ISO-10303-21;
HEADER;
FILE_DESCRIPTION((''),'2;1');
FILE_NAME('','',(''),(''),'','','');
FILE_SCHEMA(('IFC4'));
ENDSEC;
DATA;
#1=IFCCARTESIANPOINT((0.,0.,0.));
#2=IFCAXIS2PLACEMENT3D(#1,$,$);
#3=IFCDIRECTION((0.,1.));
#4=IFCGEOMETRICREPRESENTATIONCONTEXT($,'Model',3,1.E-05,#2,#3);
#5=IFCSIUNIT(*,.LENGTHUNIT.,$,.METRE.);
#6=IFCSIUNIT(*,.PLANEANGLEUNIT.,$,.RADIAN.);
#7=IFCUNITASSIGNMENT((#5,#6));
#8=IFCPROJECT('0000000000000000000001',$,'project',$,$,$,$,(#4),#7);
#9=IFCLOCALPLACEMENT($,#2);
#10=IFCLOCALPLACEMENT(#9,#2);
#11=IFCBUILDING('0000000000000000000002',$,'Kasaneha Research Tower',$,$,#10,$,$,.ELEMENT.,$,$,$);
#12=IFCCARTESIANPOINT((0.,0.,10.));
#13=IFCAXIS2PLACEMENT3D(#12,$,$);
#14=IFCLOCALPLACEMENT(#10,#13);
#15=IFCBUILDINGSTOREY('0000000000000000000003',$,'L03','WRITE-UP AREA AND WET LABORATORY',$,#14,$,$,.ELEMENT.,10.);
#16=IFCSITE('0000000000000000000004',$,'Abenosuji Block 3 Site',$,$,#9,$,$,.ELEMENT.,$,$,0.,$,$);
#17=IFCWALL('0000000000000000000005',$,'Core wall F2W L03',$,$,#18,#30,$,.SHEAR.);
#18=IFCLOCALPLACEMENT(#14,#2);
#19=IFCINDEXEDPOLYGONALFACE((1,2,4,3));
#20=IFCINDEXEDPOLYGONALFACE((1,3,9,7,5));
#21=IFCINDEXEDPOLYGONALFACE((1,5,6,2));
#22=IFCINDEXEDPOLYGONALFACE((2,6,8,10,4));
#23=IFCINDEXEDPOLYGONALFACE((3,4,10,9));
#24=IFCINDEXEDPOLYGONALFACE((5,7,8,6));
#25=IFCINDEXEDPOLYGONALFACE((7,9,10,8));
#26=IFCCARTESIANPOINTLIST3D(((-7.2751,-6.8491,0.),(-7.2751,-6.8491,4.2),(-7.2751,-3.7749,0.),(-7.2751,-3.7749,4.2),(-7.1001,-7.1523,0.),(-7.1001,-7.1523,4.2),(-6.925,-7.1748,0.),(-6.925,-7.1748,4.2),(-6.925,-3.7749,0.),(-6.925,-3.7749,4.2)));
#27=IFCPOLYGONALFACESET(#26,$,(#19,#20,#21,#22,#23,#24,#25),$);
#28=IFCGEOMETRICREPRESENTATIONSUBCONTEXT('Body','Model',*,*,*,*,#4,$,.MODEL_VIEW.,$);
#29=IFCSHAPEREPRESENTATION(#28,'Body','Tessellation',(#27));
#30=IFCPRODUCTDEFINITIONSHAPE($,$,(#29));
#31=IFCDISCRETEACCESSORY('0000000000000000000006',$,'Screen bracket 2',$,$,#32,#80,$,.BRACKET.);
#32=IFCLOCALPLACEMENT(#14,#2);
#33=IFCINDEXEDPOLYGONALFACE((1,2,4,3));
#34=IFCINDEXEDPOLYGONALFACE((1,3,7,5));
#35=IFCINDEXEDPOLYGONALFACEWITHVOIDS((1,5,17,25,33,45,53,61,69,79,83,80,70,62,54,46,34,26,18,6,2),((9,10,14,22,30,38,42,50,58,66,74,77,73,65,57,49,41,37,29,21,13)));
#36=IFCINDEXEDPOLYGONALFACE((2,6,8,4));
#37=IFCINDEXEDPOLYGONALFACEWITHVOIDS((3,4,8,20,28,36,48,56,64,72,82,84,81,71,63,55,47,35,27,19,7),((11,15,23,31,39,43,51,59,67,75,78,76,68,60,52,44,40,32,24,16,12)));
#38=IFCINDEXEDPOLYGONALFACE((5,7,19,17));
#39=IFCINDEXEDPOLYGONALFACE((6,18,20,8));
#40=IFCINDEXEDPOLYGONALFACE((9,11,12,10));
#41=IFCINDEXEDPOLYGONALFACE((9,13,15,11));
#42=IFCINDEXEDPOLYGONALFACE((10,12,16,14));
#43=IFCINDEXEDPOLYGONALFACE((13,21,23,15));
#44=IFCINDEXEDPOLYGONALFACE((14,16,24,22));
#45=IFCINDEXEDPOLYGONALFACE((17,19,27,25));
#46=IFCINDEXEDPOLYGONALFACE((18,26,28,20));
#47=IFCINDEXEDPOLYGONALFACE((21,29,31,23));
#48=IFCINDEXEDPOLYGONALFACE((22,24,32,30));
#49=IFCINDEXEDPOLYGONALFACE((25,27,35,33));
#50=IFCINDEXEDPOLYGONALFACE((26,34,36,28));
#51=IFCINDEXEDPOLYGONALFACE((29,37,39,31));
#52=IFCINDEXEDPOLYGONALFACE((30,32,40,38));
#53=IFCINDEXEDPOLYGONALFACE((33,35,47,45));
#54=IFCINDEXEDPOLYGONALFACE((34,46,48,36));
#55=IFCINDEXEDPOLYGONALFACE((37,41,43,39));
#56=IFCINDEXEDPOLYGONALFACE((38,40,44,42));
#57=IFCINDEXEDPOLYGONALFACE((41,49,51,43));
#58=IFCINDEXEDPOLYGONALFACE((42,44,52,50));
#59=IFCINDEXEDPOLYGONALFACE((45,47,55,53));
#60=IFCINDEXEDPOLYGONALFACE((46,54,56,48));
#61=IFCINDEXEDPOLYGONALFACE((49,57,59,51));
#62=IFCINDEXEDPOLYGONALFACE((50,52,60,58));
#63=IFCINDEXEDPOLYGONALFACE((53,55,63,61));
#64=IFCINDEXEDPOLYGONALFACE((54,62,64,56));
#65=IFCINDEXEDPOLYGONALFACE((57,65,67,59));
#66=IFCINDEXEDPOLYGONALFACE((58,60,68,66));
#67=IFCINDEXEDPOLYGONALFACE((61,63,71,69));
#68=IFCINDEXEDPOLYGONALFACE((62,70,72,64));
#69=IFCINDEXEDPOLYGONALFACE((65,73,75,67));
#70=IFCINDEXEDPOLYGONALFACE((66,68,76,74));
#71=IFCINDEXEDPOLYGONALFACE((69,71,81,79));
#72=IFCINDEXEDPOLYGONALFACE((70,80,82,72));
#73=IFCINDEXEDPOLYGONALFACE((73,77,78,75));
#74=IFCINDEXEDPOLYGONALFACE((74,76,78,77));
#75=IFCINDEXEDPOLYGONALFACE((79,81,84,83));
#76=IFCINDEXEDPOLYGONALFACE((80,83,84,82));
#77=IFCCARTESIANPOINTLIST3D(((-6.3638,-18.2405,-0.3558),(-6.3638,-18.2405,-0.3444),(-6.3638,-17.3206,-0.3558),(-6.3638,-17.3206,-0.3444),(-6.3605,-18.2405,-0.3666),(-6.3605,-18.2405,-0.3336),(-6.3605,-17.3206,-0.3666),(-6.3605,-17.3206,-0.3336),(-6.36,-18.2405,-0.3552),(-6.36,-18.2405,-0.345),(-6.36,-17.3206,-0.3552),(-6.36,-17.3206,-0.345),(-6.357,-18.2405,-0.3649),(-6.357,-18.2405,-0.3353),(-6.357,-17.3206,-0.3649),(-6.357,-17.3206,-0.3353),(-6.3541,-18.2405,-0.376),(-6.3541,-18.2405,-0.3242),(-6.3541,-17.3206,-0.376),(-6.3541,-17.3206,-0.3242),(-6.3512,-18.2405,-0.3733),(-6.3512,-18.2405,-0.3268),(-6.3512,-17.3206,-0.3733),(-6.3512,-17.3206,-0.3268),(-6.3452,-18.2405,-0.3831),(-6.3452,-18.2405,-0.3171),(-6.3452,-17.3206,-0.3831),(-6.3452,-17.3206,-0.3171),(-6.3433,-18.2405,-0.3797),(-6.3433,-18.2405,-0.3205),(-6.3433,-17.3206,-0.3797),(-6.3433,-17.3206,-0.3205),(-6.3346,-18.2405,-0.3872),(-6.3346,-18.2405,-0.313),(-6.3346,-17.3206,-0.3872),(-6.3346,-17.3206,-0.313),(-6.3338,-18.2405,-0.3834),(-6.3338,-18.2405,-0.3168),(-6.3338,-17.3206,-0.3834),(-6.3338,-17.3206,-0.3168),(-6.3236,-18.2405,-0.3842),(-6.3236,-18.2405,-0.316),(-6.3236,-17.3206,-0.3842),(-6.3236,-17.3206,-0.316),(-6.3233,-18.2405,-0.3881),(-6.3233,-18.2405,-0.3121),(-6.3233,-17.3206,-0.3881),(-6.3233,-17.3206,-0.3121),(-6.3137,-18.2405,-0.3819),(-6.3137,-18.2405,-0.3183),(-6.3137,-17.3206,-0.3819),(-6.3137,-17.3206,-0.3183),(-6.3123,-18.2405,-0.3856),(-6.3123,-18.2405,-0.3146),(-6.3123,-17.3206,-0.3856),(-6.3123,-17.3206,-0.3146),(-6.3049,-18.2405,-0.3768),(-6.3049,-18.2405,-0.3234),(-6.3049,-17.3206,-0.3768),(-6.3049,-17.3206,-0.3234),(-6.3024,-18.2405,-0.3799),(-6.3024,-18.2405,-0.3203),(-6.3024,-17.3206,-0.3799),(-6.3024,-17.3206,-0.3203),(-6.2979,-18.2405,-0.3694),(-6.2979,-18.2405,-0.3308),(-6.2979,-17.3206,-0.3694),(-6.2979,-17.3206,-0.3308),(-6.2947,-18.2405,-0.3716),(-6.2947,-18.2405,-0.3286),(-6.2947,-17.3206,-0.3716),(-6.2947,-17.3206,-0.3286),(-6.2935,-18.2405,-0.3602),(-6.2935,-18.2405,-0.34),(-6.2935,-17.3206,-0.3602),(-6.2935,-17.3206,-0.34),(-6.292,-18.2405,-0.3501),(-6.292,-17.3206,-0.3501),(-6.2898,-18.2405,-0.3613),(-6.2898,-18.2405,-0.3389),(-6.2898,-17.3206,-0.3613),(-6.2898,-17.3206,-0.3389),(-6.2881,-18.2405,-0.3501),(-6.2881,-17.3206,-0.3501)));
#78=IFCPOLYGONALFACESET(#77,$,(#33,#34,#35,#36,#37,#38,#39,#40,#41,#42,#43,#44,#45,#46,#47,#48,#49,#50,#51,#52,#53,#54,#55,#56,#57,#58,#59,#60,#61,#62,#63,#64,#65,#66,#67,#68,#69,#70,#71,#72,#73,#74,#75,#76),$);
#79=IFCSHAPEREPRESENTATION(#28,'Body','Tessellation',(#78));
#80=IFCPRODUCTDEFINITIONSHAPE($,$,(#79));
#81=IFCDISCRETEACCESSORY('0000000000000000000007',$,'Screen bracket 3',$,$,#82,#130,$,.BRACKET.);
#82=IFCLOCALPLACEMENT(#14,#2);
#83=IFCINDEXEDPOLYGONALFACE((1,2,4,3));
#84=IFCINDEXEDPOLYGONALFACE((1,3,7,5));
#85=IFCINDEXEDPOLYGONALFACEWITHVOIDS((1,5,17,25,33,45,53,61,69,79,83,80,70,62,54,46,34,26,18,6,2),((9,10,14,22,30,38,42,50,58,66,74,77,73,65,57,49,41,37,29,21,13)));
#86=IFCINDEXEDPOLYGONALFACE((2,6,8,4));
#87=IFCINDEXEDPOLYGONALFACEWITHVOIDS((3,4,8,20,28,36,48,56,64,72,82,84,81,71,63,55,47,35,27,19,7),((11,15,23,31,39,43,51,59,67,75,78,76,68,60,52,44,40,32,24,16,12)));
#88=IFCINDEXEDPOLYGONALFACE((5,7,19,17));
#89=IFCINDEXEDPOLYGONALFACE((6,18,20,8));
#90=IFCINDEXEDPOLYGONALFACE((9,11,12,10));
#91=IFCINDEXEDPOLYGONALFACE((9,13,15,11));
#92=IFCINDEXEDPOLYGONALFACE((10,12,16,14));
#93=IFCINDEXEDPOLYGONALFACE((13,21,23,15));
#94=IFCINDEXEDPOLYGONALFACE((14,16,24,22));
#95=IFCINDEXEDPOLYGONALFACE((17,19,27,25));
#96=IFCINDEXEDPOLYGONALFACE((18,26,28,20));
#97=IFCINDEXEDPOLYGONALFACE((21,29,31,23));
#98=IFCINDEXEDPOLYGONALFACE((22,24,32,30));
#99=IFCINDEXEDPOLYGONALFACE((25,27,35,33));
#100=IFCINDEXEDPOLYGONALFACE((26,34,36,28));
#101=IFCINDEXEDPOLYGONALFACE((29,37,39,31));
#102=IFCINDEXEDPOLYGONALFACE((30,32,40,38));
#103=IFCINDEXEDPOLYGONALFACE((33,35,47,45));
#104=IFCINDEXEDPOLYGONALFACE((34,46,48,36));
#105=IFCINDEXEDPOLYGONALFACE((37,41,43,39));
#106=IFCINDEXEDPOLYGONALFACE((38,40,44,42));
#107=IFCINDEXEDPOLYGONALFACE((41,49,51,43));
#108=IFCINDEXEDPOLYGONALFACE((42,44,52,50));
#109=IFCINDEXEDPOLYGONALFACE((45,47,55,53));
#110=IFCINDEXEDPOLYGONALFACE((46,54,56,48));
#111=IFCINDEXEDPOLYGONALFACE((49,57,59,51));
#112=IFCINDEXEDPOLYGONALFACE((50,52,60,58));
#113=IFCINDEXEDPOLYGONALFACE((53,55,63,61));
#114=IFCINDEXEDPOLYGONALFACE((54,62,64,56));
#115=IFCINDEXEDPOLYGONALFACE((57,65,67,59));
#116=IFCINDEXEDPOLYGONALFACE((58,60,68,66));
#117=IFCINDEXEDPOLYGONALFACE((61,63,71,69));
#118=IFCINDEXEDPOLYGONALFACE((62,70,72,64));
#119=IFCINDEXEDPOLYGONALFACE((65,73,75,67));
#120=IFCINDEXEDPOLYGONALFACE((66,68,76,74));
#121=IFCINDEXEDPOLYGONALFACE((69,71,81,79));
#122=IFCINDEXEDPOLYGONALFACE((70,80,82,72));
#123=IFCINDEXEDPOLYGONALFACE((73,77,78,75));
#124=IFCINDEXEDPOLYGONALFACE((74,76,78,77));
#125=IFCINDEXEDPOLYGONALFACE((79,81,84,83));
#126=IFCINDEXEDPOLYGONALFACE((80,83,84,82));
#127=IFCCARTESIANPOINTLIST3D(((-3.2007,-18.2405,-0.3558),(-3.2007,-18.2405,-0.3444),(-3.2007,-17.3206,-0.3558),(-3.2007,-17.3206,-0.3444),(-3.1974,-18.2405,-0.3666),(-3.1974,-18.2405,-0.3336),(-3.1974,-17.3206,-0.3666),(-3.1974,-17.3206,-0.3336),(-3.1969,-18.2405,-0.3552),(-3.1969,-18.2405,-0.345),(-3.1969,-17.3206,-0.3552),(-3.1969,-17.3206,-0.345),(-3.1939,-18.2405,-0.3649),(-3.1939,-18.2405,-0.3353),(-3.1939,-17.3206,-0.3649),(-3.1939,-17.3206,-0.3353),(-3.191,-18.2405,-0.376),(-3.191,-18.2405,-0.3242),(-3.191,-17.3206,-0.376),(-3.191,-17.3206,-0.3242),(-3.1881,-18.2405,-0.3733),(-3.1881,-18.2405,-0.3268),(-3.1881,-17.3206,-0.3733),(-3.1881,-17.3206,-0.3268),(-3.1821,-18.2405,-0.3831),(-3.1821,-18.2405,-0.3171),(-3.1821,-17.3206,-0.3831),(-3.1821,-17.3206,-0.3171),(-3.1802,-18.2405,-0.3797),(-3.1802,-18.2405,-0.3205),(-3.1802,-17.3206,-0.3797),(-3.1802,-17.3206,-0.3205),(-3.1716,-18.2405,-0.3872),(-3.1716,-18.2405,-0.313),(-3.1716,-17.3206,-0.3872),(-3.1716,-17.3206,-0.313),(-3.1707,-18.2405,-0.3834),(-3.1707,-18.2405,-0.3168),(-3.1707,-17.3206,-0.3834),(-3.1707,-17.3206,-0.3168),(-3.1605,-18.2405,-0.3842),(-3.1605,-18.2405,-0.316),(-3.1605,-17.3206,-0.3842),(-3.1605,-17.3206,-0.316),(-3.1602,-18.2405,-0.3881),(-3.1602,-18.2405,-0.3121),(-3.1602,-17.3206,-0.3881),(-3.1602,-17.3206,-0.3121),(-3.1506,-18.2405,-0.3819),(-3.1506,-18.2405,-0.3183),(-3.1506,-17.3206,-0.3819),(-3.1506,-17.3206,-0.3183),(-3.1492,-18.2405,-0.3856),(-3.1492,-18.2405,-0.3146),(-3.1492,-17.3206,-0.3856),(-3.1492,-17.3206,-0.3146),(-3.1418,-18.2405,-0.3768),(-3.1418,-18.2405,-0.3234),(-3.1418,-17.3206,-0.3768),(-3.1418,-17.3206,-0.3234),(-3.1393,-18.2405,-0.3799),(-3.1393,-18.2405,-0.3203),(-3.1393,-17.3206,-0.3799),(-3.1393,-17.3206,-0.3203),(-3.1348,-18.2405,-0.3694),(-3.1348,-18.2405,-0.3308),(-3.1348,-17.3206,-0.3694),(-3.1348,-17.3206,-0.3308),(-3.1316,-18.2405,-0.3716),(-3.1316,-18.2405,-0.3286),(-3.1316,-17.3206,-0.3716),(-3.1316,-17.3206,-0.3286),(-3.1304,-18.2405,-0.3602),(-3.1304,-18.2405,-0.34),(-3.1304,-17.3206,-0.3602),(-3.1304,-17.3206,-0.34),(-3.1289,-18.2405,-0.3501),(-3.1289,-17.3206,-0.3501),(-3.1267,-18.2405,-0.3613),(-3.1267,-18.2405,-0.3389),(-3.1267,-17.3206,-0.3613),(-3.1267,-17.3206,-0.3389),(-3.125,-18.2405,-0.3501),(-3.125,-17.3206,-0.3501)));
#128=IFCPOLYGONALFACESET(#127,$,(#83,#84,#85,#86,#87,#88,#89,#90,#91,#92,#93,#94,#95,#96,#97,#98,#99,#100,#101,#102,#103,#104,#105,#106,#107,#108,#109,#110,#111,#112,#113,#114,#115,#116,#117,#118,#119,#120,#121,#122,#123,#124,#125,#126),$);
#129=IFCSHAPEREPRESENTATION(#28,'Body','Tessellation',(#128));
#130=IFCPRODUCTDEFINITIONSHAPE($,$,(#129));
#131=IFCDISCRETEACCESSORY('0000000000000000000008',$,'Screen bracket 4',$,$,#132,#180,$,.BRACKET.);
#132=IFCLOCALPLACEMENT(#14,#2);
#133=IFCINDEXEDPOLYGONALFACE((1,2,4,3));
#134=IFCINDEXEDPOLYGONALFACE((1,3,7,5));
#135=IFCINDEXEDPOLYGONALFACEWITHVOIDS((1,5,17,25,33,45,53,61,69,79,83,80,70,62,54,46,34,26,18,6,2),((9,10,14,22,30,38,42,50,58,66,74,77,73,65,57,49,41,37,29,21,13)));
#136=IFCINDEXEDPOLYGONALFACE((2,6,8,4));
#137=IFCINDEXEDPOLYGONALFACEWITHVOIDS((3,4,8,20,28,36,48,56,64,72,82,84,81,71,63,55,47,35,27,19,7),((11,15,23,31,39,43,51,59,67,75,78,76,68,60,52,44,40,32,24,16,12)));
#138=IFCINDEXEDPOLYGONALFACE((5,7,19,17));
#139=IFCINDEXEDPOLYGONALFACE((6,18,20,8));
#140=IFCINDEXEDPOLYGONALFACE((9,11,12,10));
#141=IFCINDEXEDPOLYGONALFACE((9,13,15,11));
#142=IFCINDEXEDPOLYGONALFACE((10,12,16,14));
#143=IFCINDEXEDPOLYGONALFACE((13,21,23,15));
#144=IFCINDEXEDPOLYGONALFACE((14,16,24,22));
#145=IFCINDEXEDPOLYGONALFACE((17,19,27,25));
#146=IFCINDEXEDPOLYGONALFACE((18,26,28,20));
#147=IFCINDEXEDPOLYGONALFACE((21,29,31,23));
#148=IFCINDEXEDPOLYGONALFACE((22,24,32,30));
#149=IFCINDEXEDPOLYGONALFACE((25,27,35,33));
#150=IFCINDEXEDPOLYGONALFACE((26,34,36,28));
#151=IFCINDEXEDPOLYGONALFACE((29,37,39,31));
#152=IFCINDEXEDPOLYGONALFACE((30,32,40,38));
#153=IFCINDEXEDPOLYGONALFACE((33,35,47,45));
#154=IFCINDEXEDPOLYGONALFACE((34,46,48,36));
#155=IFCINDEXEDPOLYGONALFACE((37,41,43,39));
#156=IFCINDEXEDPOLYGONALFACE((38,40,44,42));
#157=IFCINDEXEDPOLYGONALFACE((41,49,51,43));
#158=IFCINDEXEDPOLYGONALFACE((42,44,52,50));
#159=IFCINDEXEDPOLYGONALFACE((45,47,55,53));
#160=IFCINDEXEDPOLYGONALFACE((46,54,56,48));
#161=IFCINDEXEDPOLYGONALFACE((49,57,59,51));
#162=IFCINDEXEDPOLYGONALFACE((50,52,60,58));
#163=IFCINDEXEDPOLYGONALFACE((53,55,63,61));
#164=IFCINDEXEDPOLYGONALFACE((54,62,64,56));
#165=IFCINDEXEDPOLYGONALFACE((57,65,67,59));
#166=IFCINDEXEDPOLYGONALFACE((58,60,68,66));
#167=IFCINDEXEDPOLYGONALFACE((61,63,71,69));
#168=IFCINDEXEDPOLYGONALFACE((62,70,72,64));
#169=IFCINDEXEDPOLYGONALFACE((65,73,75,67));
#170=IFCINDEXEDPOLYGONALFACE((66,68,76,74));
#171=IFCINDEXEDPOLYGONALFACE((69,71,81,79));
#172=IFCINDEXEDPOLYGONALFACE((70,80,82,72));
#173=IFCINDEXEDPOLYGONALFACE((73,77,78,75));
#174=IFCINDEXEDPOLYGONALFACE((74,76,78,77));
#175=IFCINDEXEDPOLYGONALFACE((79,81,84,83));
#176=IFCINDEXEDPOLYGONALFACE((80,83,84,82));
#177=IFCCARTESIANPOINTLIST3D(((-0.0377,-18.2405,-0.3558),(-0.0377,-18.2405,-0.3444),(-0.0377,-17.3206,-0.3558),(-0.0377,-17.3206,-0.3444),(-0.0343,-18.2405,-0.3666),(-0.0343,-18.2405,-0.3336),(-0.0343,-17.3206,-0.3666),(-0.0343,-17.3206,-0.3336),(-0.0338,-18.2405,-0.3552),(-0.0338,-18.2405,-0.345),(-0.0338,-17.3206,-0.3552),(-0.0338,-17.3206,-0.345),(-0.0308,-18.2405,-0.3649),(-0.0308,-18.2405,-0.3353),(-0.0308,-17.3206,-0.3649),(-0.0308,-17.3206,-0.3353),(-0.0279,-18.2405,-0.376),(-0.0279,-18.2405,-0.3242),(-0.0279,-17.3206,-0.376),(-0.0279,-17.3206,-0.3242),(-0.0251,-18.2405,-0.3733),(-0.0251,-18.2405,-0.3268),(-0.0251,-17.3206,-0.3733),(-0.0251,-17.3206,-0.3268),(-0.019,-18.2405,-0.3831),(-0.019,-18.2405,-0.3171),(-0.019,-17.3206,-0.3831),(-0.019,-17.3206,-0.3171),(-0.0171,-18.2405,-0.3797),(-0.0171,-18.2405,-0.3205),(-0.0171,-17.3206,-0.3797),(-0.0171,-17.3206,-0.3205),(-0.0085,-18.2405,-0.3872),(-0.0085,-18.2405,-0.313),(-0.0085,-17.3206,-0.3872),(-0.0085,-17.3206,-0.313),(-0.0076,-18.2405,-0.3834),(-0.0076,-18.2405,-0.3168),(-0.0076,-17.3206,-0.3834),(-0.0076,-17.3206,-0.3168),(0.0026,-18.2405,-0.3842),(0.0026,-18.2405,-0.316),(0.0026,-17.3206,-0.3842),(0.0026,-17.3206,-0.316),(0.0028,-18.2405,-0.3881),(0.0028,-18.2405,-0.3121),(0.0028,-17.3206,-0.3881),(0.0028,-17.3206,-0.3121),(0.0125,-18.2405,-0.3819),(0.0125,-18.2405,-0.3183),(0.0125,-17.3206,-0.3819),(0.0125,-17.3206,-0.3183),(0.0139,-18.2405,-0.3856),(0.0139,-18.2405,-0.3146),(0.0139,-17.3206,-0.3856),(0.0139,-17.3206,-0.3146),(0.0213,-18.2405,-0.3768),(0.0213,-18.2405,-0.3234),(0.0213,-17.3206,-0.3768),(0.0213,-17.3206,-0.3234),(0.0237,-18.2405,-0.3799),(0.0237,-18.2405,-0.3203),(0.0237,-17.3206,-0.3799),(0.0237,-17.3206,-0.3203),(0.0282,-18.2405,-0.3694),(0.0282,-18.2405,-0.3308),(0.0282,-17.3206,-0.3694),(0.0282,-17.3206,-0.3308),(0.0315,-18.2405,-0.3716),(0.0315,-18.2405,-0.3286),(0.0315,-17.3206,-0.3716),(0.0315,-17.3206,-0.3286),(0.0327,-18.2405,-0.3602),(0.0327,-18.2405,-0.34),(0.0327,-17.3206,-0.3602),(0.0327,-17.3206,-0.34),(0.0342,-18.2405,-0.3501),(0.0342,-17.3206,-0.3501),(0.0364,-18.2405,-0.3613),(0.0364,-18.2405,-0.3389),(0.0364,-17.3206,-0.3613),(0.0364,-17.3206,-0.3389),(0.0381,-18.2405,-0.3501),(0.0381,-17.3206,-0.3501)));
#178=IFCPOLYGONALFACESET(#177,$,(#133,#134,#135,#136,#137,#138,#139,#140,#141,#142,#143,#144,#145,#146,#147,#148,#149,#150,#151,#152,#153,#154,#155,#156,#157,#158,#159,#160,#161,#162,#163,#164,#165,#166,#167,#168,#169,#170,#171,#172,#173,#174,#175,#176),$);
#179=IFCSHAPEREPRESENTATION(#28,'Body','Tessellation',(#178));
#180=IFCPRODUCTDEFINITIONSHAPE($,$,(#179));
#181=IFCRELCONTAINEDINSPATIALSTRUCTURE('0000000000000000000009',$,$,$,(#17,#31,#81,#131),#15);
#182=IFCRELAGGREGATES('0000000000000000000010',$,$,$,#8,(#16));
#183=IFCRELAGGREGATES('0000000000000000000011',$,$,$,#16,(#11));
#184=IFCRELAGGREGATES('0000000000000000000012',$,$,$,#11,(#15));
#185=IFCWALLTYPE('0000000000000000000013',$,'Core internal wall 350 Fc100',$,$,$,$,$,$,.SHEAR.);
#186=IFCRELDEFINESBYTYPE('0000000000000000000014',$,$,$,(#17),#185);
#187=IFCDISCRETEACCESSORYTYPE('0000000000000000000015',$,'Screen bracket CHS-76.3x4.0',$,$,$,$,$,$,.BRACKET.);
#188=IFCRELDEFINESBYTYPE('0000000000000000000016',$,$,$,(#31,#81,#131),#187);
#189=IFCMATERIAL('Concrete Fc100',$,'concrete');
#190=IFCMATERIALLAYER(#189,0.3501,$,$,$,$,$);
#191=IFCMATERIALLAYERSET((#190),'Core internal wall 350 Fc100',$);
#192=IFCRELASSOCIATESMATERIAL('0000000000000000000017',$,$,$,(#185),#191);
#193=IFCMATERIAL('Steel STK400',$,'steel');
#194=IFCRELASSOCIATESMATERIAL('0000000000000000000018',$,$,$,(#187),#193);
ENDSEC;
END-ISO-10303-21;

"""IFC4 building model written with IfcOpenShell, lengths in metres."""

from ifc_helpers import new_model, si_unit, direction, frame, origin, origin_2d, place, context, subcontext, project, spatial, polyline, hollow_circle, outline, extrude, material, layer, layer_set, material_profile, profile_set, type_object, element, save


model = new_model("IFC4")

# Units and contexts
model_context = context("Model", 3, precision=1e-05, world=origin(), true_north=direction((0.0, 1.0)))
body_context = subcontext(model_context, "Body", "Model", "MODEL_VIEW")
ifc_project = project(units=[si_unit("LENGTHUNIT", "METRE"), si_unit("PLANEANGLEUNIT", "RADIAN")], contexts=[model_context])

# Site, building, storey
site_placement = place(None, origin())
site = spatial("IfcSite", under=ifc_project, at=site_placement, Name="Abenosuji Block 3 Site", CompositionType="ELEMENT", RefElevation=0.0)
building_placement = place(site_placement, origin())
building = spatial("IfcBuilding", under=site, at=building_placement, Name="Kasaneha Research Tower", CompositionType="ELEMENT")
storey_placement = place(building_placement, frame((0.0, 0.0, 10.0)))
storey = spatial("IfcBuildingStorey", under=building, at=storey_placement, Name="L03", Description="WRITE-UP AREA AND WET LABORATORY", CompositionType="ELEMENT", Elevation=10.0)

# Shared definitions
ifc_material_1 = material(Name="Concrete Fc100", Category="concrete")
ifc_layer_1 = layer(ifc_material_1, 0.3501)
ifc_layer_set_1 = layer_set([ifc_layer_1], Name="Core internal wall 350 Fc100")
wall_type_1 = type_object("IfcWallType", Name="Core internal wall 350 Fc100", PredefinedType="SHEAR", material=ifc_layer_set_1)

# Wall
wall_1_placement = place(storey_placement, frame((-7.1001, -3.7749, 0.0), z_axis=(0.0, 0.0, 1.0), x_axis=(0.0, -1.0, 0.0)))
element("IfcWall", 1, at=wall_1_placement, inside=storey, type_object=wall_type_1, Name="Core wall F2W L03", PredefinedType="SHEAR", context=body_context, shape_type="SweptSolid", body=[
    extrude(outline(polyline([(0.0, -0.175), (3.0742, -0.175), (3.3774, 0.0), (3.3999, 0.175), (0.0, 0.175), (0.0, -0.175)])), origin(), (0.0, 0.0, 1.0), 4.2),
])

# Discrete accessories
ifc_material_2 = material(Name="Steel STK400", Category="steel")
ifc_material_profile_1 = material_profile(ifc_material_2, hollow_circle(Radius=0.0381, WallThickness=0.0039, at=origin_2d()), Name="CHS-76.3x4.0")
ifc_profile_set_1 = profile_set([ifc_material_profile_1], Name="Steel STK400")
discrete_accessory_type = type_object("IfcDiscreteAccessoryType", Name="Screen bracket CHS-76.3x4.0", PredefinedType="BRACKET", material=ifc_profile_set_1)
for number, where, z_axis, x_axis, name in (
    (2, (-6.3262, -17.3206, -0.3501), (0.0, -1.0, 0.0), (1.0, 0.0, 0.0), "Screen bracket 2"),
    (3, (-3.1631, -17.3206, -0.3501), (0.0, -1.0, 0.0), (1.0, 0.0, 0.0), "Screen bracket 3"),
    (4, (0.0, -17.3206, -0.3501), (0.0, -1.0, 0.0), (1.0, 0.0, 0.0), "Screen bracket 4"),
):
    element("IfcDiscreteAccessory", number, at=place(storey_placement, frame(where, z_axis=z_axis, x_axis=x_axis)), inside=storey, type_object=discrete_accessory_type, Name=name, PredefinedType="BRACKET", context=body_context, shape_type="SweptSolid", body=[
        extrude(hollow_circle(Radius=0.0381, WallThickness=0.0039, at=origin_2d()), origin(), (0.0, 0.0, 1.0), 0.9199),
    ])

save(model, "model.ifc")
